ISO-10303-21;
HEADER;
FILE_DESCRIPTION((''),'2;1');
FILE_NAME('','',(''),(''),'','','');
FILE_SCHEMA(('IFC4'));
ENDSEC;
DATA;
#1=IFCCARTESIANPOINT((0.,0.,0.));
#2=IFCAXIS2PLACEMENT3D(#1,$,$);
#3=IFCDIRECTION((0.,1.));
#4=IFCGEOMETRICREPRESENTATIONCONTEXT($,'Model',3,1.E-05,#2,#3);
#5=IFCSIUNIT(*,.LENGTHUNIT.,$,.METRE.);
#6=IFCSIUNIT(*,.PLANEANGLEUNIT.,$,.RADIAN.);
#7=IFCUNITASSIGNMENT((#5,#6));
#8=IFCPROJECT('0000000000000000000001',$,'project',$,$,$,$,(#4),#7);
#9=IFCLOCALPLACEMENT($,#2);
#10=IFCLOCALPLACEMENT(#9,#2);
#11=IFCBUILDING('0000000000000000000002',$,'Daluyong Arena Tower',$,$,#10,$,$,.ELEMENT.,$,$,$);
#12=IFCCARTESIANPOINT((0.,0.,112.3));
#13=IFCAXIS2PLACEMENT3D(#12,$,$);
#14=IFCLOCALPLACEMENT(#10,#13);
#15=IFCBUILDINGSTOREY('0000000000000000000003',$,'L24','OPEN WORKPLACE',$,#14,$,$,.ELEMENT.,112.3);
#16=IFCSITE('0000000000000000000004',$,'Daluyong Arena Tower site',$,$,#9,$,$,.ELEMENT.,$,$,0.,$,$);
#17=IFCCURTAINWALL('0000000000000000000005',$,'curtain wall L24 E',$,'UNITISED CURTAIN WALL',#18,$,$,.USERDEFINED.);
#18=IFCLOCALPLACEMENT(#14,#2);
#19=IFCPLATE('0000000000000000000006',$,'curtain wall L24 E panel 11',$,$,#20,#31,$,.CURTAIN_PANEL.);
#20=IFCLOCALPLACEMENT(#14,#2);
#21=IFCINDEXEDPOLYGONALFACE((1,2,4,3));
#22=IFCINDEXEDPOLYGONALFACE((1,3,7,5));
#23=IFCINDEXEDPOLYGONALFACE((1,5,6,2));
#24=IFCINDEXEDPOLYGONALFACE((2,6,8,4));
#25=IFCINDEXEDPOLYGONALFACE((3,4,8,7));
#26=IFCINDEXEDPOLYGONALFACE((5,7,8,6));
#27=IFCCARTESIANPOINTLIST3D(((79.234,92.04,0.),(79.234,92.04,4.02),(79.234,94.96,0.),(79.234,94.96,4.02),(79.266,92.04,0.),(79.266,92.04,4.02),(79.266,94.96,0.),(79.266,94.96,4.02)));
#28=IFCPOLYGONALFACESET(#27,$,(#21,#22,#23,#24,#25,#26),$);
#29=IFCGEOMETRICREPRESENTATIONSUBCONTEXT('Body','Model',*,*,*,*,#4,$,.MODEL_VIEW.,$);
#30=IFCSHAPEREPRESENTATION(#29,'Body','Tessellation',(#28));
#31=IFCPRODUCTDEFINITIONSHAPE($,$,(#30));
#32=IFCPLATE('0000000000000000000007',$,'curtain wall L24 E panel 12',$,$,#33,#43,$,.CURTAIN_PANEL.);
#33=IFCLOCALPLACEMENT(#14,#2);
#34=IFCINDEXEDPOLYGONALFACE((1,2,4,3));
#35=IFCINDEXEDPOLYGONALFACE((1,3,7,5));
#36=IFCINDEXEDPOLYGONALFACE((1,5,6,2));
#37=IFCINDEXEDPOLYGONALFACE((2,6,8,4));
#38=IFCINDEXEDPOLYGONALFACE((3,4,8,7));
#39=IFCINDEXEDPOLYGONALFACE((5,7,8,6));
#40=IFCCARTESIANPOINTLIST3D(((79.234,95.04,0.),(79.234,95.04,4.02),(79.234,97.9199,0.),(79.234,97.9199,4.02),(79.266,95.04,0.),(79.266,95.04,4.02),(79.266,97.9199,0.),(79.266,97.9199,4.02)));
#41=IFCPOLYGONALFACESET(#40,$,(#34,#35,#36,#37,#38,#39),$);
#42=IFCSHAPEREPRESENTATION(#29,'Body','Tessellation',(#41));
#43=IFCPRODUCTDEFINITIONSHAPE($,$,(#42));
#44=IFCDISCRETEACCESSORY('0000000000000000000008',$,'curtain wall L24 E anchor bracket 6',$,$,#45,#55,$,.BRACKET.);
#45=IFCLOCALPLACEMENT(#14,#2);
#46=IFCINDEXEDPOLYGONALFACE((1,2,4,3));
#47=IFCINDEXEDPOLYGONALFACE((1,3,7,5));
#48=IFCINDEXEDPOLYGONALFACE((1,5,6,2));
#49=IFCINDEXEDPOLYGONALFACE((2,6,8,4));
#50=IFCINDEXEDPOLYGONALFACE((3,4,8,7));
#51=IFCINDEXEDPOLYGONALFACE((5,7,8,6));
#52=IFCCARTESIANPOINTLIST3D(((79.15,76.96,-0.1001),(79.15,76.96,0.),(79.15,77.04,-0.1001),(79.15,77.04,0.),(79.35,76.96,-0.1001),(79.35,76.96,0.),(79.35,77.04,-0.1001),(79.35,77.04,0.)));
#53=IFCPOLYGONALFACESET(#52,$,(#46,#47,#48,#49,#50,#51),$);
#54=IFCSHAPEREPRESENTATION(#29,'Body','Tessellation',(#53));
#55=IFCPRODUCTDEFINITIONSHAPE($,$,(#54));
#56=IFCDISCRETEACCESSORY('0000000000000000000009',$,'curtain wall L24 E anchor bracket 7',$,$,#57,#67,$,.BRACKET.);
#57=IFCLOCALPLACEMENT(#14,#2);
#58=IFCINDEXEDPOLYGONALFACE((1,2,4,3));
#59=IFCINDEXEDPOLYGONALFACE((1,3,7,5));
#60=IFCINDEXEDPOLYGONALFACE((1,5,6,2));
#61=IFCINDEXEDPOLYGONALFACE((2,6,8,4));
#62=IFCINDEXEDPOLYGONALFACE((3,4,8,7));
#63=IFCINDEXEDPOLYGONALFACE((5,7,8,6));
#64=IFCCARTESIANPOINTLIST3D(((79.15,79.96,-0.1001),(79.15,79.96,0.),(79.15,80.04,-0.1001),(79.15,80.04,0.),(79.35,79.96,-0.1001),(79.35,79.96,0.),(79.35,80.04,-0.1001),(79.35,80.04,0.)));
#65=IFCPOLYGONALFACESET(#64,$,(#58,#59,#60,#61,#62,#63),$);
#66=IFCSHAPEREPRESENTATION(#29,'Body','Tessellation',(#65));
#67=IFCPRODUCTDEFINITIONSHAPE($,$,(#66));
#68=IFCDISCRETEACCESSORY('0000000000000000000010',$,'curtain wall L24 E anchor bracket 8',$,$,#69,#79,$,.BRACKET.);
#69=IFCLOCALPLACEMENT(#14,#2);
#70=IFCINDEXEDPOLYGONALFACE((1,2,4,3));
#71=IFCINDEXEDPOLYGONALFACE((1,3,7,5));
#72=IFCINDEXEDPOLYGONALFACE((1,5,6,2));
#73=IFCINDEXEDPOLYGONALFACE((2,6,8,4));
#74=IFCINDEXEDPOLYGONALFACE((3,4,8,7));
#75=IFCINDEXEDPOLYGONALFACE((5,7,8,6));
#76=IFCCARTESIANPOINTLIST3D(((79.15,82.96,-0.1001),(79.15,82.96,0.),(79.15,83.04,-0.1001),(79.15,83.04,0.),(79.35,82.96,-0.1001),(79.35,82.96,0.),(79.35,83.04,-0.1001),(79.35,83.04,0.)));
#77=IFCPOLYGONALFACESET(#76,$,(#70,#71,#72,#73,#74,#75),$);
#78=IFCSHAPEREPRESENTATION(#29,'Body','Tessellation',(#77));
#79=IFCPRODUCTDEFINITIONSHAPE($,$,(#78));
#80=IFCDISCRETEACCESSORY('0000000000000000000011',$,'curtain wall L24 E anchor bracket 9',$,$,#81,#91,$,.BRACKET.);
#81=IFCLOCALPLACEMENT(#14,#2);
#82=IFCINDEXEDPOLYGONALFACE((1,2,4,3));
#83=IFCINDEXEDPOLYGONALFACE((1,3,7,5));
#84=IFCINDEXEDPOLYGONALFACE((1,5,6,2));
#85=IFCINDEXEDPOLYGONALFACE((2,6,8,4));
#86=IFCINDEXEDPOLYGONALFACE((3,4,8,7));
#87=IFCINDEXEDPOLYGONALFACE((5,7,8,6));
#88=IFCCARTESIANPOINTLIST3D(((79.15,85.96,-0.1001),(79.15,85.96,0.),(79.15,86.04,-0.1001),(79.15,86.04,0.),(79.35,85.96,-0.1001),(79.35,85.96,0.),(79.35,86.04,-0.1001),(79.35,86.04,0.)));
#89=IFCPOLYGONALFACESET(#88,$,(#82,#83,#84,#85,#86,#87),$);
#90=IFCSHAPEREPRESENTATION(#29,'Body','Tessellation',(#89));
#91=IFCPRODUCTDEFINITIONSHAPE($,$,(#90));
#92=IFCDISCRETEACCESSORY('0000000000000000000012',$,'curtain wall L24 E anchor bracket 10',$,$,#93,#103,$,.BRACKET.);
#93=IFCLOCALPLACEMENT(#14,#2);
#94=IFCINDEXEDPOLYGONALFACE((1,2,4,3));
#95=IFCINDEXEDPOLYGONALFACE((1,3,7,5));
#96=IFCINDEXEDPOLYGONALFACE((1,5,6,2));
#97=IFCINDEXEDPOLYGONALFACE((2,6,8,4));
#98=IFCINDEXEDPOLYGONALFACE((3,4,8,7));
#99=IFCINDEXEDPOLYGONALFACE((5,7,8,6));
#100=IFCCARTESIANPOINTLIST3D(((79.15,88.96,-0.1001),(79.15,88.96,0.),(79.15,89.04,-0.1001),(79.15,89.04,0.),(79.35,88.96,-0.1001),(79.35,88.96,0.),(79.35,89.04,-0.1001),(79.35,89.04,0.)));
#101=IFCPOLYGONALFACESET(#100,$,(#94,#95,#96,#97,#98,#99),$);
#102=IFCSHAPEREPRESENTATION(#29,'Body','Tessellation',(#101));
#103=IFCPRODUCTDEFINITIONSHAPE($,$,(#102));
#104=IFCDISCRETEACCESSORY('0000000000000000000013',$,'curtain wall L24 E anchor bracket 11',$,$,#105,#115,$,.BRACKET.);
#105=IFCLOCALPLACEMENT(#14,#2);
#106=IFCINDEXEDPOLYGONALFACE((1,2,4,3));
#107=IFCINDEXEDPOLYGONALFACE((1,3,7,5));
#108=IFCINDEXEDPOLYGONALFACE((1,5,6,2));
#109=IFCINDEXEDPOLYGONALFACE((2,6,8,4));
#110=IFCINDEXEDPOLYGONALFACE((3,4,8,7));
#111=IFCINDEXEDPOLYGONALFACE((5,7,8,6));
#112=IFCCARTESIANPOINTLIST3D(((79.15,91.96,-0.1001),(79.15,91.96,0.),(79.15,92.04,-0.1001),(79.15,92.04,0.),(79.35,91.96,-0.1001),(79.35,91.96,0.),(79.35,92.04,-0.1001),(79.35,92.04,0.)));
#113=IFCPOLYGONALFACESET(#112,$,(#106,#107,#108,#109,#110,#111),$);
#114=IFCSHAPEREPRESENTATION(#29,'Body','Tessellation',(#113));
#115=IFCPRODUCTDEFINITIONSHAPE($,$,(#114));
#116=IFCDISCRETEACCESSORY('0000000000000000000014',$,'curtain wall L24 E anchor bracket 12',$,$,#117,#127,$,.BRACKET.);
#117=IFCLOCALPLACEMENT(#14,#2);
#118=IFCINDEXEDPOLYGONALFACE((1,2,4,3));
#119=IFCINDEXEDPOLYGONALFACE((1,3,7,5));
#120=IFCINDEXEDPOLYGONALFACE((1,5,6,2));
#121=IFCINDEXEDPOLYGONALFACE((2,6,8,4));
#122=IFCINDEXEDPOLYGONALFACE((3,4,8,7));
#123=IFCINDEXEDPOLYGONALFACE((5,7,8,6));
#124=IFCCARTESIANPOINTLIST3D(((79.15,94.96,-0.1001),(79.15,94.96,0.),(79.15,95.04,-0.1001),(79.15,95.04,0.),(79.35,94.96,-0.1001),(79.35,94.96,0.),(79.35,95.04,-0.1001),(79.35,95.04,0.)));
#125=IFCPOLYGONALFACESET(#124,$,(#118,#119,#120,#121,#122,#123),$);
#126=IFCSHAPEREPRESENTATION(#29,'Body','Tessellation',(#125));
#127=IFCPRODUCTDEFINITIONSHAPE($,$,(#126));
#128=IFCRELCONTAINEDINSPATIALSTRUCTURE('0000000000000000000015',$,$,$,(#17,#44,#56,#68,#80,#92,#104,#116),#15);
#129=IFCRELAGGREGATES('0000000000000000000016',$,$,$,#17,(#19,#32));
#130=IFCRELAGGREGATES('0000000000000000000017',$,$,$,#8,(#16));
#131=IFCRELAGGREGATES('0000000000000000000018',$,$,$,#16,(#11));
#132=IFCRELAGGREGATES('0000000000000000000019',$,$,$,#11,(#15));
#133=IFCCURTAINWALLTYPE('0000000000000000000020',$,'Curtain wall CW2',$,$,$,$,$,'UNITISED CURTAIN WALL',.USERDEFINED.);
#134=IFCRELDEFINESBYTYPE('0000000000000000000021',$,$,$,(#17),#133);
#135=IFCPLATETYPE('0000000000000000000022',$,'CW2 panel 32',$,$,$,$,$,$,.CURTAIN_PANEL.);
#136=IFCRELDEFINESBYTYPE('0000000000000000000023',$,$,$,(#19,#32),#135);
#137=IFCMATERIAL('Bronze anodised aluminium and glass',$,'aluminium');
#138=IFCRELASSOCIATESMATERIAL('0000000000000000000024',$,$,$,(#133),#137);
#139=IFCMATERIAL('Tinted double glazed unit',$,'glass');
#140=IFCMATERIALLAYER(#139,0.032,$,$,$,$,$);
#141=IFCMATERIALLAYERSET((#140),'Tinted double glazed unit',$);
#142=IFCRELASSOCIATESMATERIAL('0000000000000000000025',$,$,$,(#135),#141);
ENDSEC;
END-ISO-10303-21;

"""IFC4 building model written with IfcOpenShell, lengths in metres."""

from ifc_helpers import new_model, si_unit, direction, frame, origin, origin_2d, place, context, subcontext, project, spatial, rectangle, extrude, material, layer, layer_set, type_object, element, aggregate, save


model = new_model("IFC4")

# Units and contexts
model_context = context("Model", 3, precision=1e-05, world=origin(), true_north=direction((0.0, 1.0)))
body_context = subcontext(model_context, "Body", "Model", "MODEL_VIEW")
ifc_project = project(units=[si_unit("LENGTHUNIT", "METRE"), si_unit("PLANEANGLEUNIT", "RADIAN")], contexts=[model_context])

# Site, building, storey
site_placement = place(None, origin())
site = spatial("IfcSite", under=ifc_project, at=site_placement, Name="Daluyong Arena Tower site", CompositionType="ELEMENT", RefElevation=0.0)
building_placement = place(site_placement, origin())
building = spatial("IfcBuilding", under=site, at=building_placement, Name="Daluyong Arena Tower", CompositionType="ELEMENT")
storey_placement = place(building_placement, frame((0.0, 0.0, 112.3)))
storey = spatial("IfcBuildingStorey", under=building, at=storey_placement, Name="L24", Description="OPEN WORKPLACE", CompositionType="ELEMENT", Elevation=112.3)

# Curtain wall
ifc_material_1 = material(Name="Bronze anodised aluminium and glass", Category="aluminium")
curtain_wall_type = type_object("IfcCurtainWallType", Name="Curtain wall CW2", ElementType="UNITISED CURTAIN WALL", PredefinedType="USERDEFINED", material=ifc_material_1)
curtain_wall_placement = place(storey_placement, origin())
curtain_wall = element("IfcCurtainWall", 1, at=curtain_wall_placement, inside=storey, type_object=curtain_wall_type, Name="curtain wall L24 E", ObjectType="UNITISED CURTAIN WALL", PredefinedType="USERDEFINED")

# Plates
ifc_material_2 = material(Name="Tinted double glazed unit", Category="glass")
ifc_layer = layer(ifc_material_2, 0.032)
ifc_layer_set = layer_set([ifc_layer], Name="Tinted double glazed unit")
plate_type = type_object("IfcPlateType", Name="CW2 panel 32", PredefinedType="CURTAIN_PANEL", material=ifc_layer_set)
plate_1_placement = place(storey_placement, frame((79.25, 93.5, 0.0), z_axis=(0.0, 0.0, 1.0), x_axis=(0.0, 1.0, 0.0)))
plate_1 = element("IfcPlate", 2, at=plate_1_placement, type_object=plate_type, Name="curtain wall L24 E panel 11", PredefinedType="CURTAIN_PANEL", context=body_context, shape_type="SweptSolid", body=[
    extrude(rectangle(XDim=2.9199, YDim=0.032, at=origin_2d()), origin(), (0.0, 0.0, 1.0), 4.02),
])
plate_2_placement = place(storey_placement, frame((79.25, 96.48, 0.0), z_axis=(0.0, 0.0, 1.0), x_axis=(0.0, 1.0, 0.0)))
plate_2 = element("IfcPlate", 3, at=plate_2_placement, type_object=plate_type, Name="curtain wall L24 E panel 12", PredefinedType="CURTAIN_PANEL", context=body_context, shape_type="SweptSolid", body=[
    extrude(rectangle(XDim=2.8799, YDim=0.032, at=origin_2d()), origin(), (0.0, 0.0, 1.0), 4.02),
])
aggregate(curtain_wall, [plate_1, plate_2])

# Discrete accessories
for number, where, z_axis, x_axis, name in (
    (4, (79.25, 77.0, -0.1001), (0.0, 0.0, 1.0), (0.0, 1.0, 0.0), "curtain wall L24 E anchor bracket 6"),
    (5, (79.25, 80.0, -0.1001), (0.0, 0.0, 1.0), (0.0, 1.0, 0.0), "curtain wall L24 E anchor bracket 7"),
    (6, (79.25, 83.0, -0.1001), (0.0, 0.0, 1.0), (0.0, 1.0, 0.0), "curtain wall L24 E anchor bracket 8"),
    (7, (79.25, 86.0, -0.1001), (0.0, 0.0, 1.0), (0.0, 1.0, 0.0), "curtain wall L24 E anchor bracket 9"),
    (8, (79.25, 89.0, -0.1001), (0.0, 0.0, 1.0), (0.0, 1.0, 0.0), "curtain wall L24 E anchor bracket 10"),
    (9, (79.25, 92.0, -0.1001), (0.0, 0.0, 1.0), (0.0, 1.0, 0.0), "curtain wall L24 E anchor bracket 11"),
    (10, (79.25, 95.0, -0.1001), (0.0, 0.0, 1.0), (0.0, 1.0, 0.0), "curtain wall L24 E anchor bracket 12"),
):
    element("IfcDiscreteAccessory", number, at=place(storey_placement, frame(where, z_axis=z_axis, x_axis=x_axis)), inside=storey, Name=name, PredefinedType="BRACKET", context=body_context, shape_type="SweptSolid", body=[
        extrude(rectangle(XDim=0.0801, YDim=0.2, at=origin_2d()), origin(), (0.0, 0.0, 1.0), 0.1001),
    ])

save(model, "model.ifc")
